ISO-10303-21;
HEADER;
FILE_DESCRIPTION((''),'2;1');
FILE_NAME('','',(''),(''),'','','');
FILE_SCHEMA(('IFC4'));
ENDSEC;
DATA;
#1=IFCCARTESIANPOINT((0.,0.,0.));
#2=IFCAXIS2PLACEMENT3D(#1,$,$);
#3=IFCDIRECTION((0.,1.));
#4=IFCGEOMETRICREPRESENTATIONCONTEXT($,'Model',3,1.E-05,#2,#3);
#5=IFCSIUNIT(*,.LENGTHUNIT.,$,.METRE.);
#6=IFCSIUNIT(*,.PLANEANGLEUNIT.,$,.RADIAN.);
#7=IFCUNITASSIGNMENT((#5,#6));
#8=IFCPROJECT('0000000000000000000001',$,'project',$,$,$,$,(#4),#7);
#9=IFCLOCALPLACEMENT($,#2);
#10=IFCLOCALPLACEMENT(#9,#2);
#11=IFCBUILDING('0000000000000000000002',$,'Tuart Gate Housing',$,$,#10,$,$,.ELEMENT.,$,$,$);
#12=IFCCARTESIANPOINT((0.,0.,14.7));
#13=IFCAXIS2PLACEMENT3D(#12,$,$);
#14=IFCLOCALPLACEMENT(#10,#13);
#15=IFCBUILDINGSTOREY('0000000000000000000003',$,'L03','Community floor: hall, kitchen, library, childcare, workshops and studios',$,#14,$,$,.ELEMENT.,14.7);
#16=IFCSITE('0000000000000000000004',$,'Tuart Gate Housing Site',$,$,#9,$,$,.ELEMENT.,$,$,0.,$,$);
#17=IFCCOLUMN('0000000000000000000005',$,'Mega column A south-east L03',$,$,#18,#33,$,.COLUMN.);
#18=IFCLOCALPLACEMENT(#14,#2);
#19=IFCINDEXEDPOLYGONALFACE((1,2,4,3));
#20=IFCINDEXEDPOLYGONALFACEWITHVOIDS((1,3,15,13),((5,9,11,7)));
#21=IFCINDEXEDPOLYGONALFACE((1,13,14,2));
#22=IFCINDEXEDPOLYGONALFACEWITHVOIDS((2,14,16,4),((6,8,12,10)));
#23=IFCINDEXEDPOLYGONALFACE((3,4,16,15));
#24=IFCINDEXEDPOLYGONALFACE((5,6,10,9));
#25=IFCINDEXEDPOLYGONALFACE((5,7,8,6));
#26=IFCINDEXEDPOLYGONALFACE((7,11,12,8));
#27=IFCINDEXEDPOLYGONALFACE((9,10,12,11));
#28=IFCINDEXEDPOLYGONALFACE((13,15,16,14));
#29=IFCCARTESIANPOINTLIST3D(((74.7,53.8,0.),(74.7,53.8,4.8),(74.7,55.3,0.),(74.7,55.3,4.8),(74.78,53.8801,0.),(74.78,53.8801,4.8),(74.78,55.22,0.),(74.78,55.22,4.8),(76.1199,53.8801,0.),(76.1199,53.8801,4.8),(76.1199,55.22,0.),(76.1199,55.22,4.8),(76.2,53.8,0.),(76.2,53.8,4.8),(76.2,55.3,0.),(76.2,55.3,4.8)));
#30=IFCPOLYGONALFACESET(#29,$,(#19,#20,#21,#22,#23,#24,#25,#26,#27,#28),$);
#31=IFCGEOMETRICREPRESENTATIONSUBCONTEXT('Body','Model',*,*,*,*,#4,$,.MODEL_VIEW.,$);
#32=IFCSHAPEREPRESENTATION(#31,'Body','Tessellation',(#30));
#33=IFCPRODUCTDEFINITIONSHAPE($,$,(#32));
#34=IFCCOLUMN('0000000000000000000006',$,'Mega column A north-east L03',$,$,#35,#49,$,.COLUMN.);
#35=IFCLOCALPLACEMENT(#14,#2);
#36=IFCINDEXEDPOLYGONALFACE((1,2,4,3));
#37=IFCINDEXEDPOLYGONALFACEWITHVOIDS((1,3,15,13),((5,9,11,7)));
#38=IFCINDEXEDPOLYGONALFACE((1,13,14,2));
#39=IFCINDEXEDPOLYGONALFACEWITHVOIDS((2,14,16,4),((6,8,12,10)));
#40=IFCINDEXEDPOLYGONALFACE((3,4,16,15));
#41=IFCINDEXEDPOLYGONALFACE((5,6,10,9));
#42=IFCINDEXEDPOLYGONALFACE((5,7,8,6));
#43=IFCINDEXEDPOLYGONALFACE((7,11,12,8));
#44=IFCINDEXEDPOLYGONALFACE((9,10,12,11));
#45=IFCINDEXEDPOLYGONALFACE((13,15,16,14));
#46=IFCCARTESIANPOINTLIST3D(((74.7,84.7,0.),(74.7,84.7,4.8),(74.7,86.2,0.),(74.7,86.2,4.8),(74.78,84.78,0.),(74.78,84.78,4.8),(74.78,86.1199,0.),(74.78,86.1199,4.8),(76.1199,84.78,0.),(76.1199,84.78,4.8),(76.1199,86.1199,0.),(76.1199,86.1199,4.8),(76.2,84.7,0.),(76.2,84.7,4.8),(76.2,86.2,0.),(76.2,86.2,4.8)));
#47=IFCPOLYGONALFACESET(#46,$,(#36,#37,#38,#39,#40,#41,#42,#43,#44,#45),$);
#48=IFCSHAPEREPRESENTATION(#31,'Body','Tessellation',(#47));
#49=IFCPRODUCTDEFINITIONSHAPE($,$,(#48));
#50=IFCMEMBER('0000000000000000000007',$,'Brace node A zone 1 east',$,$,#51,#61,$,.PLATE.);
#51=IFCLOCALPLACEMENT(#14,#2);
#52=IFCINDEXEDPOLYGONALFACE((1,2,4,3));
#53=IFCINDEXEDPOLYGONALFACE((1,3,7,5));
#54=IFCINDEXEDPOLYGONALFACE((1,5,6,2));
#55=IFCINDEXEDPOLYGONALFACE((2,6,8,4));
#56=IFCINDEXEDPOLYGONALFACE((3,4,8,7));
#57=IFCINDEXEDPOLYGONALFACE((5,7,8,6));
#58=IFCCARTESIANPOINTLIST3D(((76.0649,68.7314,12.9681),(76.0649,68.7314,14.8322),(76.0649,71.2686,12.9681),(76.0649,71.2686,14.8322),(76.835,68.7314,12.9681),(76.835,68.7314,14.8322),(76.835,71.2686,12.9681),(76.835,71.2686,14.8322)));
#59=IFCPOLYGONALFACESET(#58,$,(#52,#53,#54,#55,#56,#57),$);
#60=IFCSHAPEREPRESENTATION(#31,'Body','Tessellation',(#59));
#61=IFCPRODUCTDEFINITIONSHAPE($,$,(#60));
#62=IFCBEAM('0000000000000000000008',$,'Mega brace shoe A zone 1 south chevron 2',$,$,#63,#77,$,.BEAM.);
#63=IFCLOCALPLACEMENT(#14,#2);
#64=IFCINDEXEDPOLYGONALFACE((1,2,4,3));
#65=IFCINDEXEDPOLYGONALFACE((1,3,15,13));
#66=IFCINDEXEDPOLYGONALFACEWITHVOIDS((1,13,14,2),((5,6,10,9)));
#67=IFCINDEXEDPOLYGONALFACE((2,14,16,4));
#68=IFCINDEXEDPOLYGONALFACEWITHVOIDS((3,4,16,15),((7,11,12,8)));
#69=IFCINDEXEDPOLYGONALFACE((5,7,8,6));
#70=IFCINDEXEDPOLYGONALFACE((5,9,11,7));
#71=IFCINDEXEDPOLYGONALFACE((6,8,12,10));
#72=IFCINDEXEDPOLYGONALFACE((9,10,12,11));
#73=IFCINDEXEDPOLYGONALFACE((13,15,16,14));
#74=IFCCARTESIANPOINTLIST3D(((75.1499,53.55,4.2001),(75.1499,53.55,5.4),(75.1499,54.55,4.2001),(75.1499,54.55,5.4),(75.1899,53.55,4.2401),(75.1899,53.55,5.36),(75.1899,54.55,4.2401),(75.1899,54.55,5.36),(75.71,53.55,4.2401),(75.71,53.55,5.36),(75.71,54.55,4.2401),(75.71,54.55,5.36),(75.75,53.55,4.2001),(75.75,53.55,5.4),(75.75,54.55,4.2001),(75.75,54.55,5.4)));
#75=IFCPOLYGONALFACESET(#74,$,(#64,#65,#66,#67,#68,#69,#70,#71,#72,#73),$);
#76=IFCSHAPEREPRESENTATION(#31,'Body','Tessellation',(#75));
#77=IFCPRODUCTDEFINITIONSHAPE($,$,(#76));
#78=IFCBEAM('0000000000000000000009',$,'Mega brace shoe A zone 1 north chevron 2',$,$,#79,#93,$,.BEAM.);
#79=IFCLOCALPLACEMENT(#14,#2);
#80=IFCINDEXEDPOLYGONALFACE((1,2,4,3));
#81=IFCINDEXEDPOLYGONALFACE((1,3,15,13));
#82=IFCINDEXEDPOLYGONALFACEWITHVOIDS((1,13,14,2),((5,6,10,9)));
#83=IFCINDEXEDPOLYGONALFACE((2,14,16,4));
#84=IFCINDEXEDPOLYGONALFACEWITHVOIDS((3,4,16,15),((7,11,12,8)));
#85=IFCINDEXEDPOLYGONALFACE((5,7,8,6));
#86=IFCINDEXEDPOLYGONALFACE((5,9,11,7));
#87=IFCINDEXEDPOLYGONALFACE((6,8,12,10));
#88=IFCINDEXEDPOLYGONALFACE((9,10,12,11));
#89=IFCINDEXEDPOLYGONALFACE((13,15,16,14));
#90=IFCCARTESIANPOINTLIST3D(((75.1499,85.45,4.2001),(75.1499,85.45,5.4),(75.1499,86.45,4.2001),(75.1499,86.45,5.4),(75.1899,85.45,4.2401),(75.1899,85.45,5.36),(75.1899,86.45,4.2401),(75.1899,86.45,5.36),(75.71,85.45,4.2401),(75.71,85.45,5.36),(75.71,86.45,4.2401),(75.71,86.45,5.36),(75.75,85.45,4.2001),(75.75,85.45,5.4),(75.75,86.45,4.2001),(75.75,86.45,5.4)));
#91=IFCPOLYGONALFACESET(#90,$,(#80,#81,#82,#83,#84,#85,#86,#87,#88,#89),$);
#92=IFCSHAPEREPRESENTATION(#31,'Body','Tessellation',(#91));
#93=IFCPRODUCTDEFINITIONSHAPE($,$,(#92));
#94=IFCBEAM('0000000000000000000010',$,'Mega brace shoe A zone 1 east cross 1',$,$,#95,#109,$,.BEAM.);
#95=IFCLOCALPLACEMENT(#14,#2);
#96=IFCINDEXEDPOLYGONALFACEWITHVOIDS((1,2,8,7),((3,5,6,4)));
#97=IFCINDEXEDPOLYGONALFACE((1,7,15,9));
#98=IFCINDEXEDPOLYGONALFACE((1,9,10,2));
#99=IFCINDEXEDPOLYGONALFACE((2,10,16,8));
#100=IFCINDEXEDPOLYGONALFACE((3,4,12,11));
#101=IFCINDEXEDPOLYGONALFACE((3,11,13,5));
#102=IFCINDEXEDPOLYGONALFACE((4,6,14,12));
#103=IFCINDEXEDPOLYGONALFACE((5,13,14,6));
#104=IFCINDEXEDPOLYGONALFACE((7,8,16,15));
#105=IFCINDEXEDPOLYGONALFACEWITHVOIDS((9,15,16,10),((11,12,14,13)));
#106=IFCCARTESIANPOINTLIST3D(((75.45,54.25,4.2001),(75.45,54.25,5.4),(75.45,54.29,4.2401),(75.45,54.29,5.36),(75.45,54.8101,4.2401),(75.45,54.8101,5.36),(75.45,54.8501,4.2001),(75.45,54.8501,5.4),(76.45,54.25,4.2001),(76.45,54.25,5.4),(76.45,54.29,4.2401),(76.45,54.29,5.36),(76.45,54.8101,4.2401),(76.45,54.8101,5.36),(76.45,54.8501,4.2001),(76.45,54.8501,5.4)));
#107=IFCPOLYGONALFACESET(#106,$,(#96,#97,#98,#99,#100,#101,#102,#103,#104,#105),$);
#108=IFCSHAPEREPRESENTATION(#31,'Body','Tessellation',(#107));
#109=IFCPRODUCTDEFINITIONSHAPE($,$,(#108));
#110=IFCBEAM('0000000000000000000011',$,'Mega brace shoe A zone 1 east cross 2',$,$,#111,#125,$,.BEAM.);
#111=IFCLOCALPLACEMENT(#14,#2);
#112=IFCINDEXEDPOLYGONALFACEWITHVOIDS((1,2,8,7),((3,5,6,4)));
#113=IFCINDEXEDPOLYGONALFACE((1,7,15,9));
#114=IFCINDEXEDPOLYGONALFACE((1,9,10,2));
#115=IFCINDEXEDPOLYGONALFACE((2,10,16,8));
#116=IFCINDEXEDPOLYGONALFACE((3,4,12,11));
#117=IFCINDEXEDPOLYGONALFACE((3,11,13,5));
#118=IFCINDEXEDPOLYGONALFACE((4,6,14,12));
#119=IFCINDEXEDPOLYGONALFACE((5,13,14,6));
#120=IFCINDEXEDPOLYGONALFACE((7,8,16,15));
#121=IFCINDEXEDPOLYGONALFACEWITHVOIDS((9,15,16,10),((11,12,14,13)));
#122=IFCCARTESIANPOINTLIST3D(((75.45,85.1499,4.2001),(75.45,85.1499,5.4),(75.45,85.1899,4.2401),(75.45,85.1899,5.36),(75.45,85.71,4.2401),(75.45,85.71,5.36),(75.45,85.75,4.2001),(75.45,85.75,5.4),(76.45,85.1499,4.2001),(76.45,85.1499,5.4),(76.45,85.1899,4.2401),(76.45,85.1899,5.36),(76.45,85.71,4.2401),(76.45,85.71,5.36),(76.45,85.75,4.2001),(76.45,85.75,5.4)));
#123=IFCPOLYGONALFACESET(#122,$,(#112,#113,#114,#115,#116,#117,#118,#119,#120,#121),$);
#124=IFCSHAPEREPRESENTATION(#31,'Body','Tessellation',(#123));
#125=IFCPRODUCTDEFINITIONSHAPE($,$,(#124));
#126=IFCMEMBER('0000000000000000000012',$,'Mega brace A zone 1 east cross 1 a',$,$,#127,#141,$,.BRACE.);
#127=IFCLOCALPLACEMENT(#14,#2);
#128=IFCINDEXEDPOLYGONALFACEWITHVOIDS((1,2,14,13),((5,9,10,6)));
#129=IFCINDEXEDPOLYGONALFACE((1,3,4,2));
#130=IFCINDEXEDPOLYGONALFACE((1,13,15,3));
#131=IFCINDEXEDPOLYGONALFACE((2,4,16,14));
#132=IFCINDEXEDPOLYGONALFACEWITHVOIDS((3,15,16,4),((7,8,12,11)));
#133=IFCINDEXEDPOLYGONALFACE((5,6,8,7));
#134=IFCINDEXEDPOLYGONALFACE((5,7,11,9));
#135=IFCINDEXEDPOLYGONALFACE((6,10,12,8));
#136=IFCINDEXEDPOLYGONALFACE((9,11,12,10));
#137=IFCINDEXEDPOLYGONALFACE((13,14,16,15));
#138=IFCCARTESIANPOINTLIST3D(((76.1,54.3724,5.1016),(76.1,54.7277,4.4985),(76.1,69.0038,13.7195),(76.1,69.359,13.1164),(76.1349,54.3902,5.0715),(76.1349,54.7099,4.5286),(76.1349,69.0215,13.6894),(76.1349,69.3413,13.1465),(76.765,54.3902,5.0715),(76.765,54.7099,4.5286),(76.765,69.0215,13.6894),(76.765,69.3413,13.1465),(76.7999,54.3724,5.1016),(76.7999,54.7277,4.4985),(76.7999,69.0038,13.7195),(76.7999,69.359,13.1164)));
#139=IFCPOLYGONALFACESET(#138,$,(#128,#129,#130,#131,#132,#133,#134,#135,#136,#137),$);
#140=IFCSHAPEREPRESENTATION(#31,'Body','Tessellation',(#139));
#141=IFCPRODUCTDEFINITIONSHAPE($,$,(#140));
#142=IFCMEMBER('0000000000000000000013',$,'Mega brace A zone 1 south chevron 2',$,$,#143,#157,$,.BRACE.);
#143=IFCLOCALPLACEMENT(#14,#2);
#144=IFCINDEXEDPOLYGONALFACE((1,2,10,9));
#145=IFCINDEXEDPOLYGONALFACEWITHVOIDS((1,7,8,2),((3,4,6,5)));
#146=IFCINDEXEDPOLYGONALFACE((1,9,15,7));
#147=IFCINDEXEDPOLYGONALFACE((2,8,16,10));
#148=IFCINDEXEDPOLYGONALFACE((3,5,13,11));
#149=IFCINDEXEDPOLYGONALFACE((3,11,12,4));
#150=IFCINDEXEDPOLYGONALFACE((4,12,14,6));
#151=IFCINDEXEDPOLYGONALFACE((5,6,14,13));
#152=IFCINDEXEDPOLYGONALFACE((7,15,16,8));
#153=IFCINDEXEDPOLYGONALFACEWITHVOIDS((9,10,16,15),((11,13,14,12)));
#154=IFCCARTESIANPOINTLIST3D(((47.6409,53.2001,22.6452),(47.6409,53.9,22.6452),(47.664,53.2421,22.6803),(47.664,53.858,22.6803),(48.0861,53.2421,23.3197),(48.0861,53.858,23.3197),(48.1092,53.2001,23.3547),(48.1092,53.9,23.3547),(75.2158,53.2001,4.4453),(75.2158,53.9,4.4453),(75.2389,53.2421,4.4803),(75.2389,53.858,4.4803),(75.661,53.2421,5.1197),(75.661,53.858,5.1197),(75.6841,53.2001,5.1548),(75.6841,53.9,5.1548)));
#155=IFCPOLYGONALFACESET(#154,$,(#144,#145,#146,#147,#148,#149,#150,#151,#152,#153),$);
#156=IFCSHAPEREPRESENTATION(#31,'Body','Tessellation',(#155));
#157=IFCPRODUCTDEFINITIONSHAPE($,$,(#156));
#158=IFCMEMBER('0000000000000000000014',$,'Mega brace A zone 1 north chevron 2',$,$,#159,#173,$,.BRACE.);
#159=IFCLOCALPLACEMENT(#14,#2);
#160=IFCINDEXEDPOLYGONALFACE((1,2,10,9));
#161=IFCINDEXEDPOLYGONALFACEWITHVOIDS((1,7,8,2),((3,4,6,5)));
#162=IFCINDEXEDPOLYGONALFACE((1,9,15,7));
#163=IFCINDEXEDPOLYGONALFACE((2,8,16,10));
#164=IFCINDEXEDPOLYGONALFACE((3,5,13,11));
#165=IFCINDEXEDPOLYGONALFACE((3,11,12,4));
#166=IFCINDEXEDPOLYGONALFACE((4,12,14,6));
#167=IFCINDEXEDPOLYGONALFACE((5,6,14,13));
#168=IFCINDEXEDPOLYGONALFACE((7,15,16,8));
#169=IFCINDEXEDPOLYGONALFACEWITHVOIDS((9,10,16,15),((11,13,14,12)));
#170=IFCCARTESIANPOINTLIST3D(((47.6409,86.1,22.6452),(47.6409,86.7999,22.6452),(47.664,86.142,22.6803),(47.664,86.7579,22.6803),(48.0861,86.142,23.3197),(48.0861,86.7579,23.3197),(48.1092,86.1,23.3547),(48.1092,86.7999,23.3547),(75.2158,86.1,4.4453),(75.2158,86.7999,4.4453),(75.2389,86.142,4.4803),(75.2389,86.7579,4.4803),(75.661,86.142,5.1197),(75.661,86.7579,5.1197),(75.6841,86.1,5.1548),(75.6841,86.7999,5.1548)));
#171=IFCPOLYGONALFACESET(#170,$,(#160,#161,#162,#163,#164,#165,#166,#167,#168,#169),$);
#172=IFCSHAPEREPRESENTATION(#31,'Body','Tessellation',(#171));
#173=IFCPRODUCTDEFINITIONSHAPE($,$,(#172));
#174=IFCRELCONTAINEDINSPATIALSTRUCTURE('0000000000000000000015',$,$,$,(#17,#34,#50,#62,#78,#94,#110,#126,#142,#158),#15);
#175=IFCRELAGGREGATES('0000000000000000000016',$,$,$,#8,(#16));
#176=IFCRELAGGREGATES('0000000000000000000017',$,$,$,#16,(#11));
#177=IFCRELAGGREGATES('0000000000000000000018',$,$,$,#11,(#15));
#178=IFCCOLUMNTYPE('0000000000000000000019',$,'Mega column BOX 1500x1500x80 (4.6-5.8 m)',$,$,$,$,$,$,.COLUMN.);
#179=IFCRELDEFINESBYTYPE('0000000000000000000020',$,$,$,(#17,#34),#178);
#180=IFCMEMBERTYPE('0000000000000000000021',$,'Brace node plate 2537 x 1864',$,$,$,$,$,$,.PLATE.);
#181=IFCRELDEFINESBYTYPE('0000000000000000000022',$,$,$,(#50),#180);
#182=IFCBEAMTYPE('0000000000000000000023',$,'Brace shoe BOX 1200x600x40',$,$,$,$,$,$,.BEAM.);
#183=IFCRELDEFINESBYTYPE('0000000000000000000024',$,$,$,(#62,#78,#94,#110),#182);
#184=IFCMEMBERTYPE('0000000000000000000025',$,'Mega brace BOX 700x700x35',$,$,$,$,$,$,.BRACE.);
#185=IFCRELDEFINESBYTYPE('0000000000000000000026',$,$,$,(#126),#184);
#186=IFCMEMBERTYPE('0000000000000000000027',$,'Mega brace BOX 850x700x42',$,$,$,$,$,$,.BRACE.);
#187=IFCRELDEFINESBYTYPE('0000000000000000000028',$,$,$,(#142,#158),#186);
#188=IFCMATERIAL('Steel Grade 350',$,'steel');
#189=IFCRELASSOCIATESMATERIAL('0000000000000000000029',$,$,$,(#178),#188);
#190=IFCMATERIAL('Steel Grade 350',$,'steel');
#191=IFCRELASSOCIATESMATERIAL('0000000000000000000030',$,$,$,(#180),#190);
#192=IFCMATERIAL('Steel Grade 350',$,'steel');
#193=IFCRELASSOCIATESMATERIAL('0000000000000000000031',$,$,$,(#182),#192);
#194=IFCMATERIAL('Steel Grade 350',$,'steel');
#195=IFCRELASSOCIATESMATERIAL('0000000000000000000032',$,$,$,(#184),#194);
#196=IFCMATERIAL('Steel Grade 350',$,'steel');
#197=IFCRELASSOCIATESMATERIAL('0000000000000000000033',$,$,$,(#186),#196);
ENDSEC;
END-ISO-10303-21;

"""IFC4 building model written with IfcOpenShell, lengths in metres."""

from ifc_helpers import new_model, si_unit, direction, frame, origin, origin_2d, place, context, subcontext, project, spatial, rectangle, hollow_rectangle, extrude, material, material_profile, profile_set, type_object, element, save


model = new_model("IFC4")

# Units and contexts
model_context = context("Model", 3, precision=1e-05, world=origin(), true_north=direction((0.0, 1.0)))
body_context = subcontext(model_context, "Body", "Model", "MODEL_VIEW")
ifc_project = project(units=[si_unit("LENGTHUNIT", "METRE"), si_unit("PLANEANGLEUNIT", "RADIAN")], contexts=[model_context])

# Site, building, storey
site_placement = place(None, origin())
site = spatial("IfcSite", under=ifc_project, at=site_placement, Name="Tuart Gate Housing Site", CompositionType="ELEMENT", RefElevation=0.0)
building_placement = place(site_placement, origin())
building = spatial("IfcBuilding", under=site, at=building_placement, Name="Tuart Gate Housing", CompositionType="ELEMENT")
storey_placement = place(building_placement, frame((0.0, 0.0, 14.7)))
storey = spatial("IfcBuildingStorey", under=building, at=storey_placement, Name="L03", Description="Community floor: hall, kitchen, library, childcare, workshops and studios", CompositionType="ELEMENT", Elevation=14.7)

# Columns
ifc_material_1 = material(Name="Steel Grade 350", Category="steel")
ifc_material_profile_1 = material_profile(ifc_material_1, hollow_rectangle(XDim=1.5, YDim=1.5, WallThickness=0.0801, at=origin_2d()), Name="BOX 1500x1500x80")
ifc_profile_set_1 = profile_set([ifc_material_profile_1], Name="Steel Grade 350")
column_type = type_object("IfcColumnType", Name="Mega column BOX 1500x1500x80 (4.6-5.8 m)", PredefinedType="COLUMN", material=ifc_profile_set_1)
for number, where, z_axis, x_axis, name in (
    (1, (75.45, 54.55, 0.0), (0.0, 0.0, 1.0), (1.0, 0.0, 0.0), "Mega column A south-east L03"),
    (2, (75.45, 85.45, 0.0), (0.0, 0.0, 1.0), (1.0, 0.0, 0.0), "Mega column A north-east L03"),
):
    element("IfcColumn", number, at=place(storey_placement, frame(where, z_axis=z_axis, x_axis=x_axis)), inside=storey, type_object=column_type, Name=name, PredefinedType="COLUMN", context=body_context, shape_type="SweptSolid", body=[
        extrude(hollow_rectangle(XDim=1.5, YDim=1.5, WallThickness=0.0801, at=origin_2d()), origin(), (0.0, 0.0, 1.0), 4.8),
    ])

# Member
ifc_material_2 = material(Name="Steel Grade 350", Category="steel")
ifc_material_profile_2 = material_profile(ifc_material_2, rectangle(XDim=2.5371, YDim=1.864, at=origin_2d()), Name="Brace node plate 2537 x 1864")
ifc_profile_set_2 = profile_set([ifc_material_profile_2], Name="Steel Grade 350")
member_type_1 = type_object("IfcMemberType", Name="Brace node plate 2537 x 1864", PredefinedType="PLATE", material=ifc_profile_set_2)
member_1_placement = place(storey_placement, frame((76.0649, 70.0, 13.9001), z_axis=(1.0, 0.0, 0.0), x_axis=(0.0, 1.0, 0.0)))
element("IfcMember", 3, at=member_1_placement, inside=storey, type_object=member_type_1, Name="Brace node A zone 1 east", PredefinedType="PLATE", context=body_context, shape_type="SweptSolid", body=[
    extrude(rectangle(XDim=2.5371, YDim=1.864, at=origin_2d()), origin(), (0.0, 0.0, 1.0), 0.77),
])

# Beams
ifc_material_3 = material(Name="Steel Grade 350", Category="steel")
ifc_material_profile_3 = material_profile(ifc_material_3, hollow_rectangle(XDim=0.6001, YDim=1.2, WallThickness=0.04, at=origin_2d()), Name="BOX 1200x600x40")
ifc_profile_set_3 = profile_set([ifc_material_profile_3], Name="Steel Grade 350")
beam_type = type_object("IfcBeamType", Name="Brace shoe BOX 1200x600x40", PredefinedType="BEAM", material=ifc_profile_set_3)
for number, where, z_axis, x_axis, name in (
    (4, (75.45, 54.55, 4.8), (0.0, -1.0, 0.0), (1.0, 0.0, 0.0), "Mega brace shoe A zone 1 south chevron 2"),
    (5, (75.45, 85.45, 4.8), (0.0, 1.0, 0.0), (-1.0, 0.0, 0.0), "Mega brace shoe A zone 1 north chevron 2"),
    (6, (75.45, 54.55, 4.8), (1.0, 0.0, 0.0), (0.0, 1.0, 0.0), "Mega brace shoe A zone 1 east cross 1"),
    (7, (75.45, 85.45, 4.8), (1.0, 0.0, 0.0), (0.0, 1.0, 0.0), "Mega brace shoe A zone 1 east cross 2"),
):
    element("IfcBeam", number, at=place(storey_placement, frame(where, z_axis=z_axis, x_axis=x_axis)), inside=storey, type_object=beam_type, Name=name, PredefinedType="BEAM", context=body_context, shape_type="SweptSolid", body=[
        extrude(hollow_rectangle(XDim=0.6001, YDim=1.2, WallThickness=0.04, at=origin_2d()), origin(), (0.0, 0.0, 1.0), 1.0),
    ])

# Members
ifc_material_4 = material(Name="Steel Grade 350", Category="steel")
ifc_material_profile_4 = material_profile(ifc_material_4, hollow_rectangle(XDim=0.7, YDim=0.7, WallThickness=0.0349, at=origin_2d()), Name="BOX 700x700x35")
ifc_profile_set_4 = profile_set([ifc_material_profile_4], Name="Steel Grade 350")
member_type_2 = type_object("IfcMemberType", Name="Mega brace BOX 700x700x35", PredefinedType="BRACE", material=ifc_profile_set_4)
member_2_placement = place(storey_placement, frame((76.45, 54.55, 4.8), z_axis=(0.0, 0.861645, 0.507512), x_axis=(-1.0, 0.0, 0.0)))
element("IfcMember", 8, at=member_2_placement, inside=storey, type_object=member_type_2, Name="Mega brace A zone 1 east cross 1 a", PredefinedType="BRACE", context=body_context, shape_type="SweptSolid", body=[
    extrude(hollow_rectangle(XDim=0.7, YDim=0.7, WallThickness=0.0349, at=origin_2d()), origin(), (0.0, 0.0, 1.0), 16.9807),
])
ifc_material_5 = material(Name="Steel Grade 350", Category="steel")
ifc_material_profile_5 = material_profile(ifc_material_5, hollow_rectangle(XDim=0.7, YDim=0.8501, WallThickness=0.042, at=origin_2d()), Name="BOX 850x700x42")
ifc_profile_set_5 = profile_set([ifc_material_profile_5], Name="Steel Grade 350")
member_type_3 = type_object("IfcMemberType", Name="Mega brace BOX 850x700x42", PredefinedType="BRACE", material=ifc_profile_set_5)
for number, where, z_axis, x_axis, name in (
    (9, (75.45, 53.55, 4.8), (-0.834603, 0.0, 0.550852), (0.0, -1.0, 0.0), "Mega brace A zone 1 south chevron 2"),
    (10, (75.45, 86.45, 4.8), (-0.834603, 0.0, 0.550852), (0.0, -1.0, 0.0), "Mega brace A zone 1 north chevron 2"),
):
    element("IfcMember", number, at=place(storey_placement, frame(where, z_axis=z_axis, x_axis=x_axis)), inside=storey, type_object=member_type_3, Name=name, PredefinedType="BRACE", context=body_context, shape_type="SweptSolid", body=[
        extrude(hollow_rectangle(XDim=0.7, YDim=0.8501, WallThickness=0.042, at=origin_2d()), origin(), (0.0, 0.0, 1.0), 33.0396),
    ])

save(model, "model.ifc")
